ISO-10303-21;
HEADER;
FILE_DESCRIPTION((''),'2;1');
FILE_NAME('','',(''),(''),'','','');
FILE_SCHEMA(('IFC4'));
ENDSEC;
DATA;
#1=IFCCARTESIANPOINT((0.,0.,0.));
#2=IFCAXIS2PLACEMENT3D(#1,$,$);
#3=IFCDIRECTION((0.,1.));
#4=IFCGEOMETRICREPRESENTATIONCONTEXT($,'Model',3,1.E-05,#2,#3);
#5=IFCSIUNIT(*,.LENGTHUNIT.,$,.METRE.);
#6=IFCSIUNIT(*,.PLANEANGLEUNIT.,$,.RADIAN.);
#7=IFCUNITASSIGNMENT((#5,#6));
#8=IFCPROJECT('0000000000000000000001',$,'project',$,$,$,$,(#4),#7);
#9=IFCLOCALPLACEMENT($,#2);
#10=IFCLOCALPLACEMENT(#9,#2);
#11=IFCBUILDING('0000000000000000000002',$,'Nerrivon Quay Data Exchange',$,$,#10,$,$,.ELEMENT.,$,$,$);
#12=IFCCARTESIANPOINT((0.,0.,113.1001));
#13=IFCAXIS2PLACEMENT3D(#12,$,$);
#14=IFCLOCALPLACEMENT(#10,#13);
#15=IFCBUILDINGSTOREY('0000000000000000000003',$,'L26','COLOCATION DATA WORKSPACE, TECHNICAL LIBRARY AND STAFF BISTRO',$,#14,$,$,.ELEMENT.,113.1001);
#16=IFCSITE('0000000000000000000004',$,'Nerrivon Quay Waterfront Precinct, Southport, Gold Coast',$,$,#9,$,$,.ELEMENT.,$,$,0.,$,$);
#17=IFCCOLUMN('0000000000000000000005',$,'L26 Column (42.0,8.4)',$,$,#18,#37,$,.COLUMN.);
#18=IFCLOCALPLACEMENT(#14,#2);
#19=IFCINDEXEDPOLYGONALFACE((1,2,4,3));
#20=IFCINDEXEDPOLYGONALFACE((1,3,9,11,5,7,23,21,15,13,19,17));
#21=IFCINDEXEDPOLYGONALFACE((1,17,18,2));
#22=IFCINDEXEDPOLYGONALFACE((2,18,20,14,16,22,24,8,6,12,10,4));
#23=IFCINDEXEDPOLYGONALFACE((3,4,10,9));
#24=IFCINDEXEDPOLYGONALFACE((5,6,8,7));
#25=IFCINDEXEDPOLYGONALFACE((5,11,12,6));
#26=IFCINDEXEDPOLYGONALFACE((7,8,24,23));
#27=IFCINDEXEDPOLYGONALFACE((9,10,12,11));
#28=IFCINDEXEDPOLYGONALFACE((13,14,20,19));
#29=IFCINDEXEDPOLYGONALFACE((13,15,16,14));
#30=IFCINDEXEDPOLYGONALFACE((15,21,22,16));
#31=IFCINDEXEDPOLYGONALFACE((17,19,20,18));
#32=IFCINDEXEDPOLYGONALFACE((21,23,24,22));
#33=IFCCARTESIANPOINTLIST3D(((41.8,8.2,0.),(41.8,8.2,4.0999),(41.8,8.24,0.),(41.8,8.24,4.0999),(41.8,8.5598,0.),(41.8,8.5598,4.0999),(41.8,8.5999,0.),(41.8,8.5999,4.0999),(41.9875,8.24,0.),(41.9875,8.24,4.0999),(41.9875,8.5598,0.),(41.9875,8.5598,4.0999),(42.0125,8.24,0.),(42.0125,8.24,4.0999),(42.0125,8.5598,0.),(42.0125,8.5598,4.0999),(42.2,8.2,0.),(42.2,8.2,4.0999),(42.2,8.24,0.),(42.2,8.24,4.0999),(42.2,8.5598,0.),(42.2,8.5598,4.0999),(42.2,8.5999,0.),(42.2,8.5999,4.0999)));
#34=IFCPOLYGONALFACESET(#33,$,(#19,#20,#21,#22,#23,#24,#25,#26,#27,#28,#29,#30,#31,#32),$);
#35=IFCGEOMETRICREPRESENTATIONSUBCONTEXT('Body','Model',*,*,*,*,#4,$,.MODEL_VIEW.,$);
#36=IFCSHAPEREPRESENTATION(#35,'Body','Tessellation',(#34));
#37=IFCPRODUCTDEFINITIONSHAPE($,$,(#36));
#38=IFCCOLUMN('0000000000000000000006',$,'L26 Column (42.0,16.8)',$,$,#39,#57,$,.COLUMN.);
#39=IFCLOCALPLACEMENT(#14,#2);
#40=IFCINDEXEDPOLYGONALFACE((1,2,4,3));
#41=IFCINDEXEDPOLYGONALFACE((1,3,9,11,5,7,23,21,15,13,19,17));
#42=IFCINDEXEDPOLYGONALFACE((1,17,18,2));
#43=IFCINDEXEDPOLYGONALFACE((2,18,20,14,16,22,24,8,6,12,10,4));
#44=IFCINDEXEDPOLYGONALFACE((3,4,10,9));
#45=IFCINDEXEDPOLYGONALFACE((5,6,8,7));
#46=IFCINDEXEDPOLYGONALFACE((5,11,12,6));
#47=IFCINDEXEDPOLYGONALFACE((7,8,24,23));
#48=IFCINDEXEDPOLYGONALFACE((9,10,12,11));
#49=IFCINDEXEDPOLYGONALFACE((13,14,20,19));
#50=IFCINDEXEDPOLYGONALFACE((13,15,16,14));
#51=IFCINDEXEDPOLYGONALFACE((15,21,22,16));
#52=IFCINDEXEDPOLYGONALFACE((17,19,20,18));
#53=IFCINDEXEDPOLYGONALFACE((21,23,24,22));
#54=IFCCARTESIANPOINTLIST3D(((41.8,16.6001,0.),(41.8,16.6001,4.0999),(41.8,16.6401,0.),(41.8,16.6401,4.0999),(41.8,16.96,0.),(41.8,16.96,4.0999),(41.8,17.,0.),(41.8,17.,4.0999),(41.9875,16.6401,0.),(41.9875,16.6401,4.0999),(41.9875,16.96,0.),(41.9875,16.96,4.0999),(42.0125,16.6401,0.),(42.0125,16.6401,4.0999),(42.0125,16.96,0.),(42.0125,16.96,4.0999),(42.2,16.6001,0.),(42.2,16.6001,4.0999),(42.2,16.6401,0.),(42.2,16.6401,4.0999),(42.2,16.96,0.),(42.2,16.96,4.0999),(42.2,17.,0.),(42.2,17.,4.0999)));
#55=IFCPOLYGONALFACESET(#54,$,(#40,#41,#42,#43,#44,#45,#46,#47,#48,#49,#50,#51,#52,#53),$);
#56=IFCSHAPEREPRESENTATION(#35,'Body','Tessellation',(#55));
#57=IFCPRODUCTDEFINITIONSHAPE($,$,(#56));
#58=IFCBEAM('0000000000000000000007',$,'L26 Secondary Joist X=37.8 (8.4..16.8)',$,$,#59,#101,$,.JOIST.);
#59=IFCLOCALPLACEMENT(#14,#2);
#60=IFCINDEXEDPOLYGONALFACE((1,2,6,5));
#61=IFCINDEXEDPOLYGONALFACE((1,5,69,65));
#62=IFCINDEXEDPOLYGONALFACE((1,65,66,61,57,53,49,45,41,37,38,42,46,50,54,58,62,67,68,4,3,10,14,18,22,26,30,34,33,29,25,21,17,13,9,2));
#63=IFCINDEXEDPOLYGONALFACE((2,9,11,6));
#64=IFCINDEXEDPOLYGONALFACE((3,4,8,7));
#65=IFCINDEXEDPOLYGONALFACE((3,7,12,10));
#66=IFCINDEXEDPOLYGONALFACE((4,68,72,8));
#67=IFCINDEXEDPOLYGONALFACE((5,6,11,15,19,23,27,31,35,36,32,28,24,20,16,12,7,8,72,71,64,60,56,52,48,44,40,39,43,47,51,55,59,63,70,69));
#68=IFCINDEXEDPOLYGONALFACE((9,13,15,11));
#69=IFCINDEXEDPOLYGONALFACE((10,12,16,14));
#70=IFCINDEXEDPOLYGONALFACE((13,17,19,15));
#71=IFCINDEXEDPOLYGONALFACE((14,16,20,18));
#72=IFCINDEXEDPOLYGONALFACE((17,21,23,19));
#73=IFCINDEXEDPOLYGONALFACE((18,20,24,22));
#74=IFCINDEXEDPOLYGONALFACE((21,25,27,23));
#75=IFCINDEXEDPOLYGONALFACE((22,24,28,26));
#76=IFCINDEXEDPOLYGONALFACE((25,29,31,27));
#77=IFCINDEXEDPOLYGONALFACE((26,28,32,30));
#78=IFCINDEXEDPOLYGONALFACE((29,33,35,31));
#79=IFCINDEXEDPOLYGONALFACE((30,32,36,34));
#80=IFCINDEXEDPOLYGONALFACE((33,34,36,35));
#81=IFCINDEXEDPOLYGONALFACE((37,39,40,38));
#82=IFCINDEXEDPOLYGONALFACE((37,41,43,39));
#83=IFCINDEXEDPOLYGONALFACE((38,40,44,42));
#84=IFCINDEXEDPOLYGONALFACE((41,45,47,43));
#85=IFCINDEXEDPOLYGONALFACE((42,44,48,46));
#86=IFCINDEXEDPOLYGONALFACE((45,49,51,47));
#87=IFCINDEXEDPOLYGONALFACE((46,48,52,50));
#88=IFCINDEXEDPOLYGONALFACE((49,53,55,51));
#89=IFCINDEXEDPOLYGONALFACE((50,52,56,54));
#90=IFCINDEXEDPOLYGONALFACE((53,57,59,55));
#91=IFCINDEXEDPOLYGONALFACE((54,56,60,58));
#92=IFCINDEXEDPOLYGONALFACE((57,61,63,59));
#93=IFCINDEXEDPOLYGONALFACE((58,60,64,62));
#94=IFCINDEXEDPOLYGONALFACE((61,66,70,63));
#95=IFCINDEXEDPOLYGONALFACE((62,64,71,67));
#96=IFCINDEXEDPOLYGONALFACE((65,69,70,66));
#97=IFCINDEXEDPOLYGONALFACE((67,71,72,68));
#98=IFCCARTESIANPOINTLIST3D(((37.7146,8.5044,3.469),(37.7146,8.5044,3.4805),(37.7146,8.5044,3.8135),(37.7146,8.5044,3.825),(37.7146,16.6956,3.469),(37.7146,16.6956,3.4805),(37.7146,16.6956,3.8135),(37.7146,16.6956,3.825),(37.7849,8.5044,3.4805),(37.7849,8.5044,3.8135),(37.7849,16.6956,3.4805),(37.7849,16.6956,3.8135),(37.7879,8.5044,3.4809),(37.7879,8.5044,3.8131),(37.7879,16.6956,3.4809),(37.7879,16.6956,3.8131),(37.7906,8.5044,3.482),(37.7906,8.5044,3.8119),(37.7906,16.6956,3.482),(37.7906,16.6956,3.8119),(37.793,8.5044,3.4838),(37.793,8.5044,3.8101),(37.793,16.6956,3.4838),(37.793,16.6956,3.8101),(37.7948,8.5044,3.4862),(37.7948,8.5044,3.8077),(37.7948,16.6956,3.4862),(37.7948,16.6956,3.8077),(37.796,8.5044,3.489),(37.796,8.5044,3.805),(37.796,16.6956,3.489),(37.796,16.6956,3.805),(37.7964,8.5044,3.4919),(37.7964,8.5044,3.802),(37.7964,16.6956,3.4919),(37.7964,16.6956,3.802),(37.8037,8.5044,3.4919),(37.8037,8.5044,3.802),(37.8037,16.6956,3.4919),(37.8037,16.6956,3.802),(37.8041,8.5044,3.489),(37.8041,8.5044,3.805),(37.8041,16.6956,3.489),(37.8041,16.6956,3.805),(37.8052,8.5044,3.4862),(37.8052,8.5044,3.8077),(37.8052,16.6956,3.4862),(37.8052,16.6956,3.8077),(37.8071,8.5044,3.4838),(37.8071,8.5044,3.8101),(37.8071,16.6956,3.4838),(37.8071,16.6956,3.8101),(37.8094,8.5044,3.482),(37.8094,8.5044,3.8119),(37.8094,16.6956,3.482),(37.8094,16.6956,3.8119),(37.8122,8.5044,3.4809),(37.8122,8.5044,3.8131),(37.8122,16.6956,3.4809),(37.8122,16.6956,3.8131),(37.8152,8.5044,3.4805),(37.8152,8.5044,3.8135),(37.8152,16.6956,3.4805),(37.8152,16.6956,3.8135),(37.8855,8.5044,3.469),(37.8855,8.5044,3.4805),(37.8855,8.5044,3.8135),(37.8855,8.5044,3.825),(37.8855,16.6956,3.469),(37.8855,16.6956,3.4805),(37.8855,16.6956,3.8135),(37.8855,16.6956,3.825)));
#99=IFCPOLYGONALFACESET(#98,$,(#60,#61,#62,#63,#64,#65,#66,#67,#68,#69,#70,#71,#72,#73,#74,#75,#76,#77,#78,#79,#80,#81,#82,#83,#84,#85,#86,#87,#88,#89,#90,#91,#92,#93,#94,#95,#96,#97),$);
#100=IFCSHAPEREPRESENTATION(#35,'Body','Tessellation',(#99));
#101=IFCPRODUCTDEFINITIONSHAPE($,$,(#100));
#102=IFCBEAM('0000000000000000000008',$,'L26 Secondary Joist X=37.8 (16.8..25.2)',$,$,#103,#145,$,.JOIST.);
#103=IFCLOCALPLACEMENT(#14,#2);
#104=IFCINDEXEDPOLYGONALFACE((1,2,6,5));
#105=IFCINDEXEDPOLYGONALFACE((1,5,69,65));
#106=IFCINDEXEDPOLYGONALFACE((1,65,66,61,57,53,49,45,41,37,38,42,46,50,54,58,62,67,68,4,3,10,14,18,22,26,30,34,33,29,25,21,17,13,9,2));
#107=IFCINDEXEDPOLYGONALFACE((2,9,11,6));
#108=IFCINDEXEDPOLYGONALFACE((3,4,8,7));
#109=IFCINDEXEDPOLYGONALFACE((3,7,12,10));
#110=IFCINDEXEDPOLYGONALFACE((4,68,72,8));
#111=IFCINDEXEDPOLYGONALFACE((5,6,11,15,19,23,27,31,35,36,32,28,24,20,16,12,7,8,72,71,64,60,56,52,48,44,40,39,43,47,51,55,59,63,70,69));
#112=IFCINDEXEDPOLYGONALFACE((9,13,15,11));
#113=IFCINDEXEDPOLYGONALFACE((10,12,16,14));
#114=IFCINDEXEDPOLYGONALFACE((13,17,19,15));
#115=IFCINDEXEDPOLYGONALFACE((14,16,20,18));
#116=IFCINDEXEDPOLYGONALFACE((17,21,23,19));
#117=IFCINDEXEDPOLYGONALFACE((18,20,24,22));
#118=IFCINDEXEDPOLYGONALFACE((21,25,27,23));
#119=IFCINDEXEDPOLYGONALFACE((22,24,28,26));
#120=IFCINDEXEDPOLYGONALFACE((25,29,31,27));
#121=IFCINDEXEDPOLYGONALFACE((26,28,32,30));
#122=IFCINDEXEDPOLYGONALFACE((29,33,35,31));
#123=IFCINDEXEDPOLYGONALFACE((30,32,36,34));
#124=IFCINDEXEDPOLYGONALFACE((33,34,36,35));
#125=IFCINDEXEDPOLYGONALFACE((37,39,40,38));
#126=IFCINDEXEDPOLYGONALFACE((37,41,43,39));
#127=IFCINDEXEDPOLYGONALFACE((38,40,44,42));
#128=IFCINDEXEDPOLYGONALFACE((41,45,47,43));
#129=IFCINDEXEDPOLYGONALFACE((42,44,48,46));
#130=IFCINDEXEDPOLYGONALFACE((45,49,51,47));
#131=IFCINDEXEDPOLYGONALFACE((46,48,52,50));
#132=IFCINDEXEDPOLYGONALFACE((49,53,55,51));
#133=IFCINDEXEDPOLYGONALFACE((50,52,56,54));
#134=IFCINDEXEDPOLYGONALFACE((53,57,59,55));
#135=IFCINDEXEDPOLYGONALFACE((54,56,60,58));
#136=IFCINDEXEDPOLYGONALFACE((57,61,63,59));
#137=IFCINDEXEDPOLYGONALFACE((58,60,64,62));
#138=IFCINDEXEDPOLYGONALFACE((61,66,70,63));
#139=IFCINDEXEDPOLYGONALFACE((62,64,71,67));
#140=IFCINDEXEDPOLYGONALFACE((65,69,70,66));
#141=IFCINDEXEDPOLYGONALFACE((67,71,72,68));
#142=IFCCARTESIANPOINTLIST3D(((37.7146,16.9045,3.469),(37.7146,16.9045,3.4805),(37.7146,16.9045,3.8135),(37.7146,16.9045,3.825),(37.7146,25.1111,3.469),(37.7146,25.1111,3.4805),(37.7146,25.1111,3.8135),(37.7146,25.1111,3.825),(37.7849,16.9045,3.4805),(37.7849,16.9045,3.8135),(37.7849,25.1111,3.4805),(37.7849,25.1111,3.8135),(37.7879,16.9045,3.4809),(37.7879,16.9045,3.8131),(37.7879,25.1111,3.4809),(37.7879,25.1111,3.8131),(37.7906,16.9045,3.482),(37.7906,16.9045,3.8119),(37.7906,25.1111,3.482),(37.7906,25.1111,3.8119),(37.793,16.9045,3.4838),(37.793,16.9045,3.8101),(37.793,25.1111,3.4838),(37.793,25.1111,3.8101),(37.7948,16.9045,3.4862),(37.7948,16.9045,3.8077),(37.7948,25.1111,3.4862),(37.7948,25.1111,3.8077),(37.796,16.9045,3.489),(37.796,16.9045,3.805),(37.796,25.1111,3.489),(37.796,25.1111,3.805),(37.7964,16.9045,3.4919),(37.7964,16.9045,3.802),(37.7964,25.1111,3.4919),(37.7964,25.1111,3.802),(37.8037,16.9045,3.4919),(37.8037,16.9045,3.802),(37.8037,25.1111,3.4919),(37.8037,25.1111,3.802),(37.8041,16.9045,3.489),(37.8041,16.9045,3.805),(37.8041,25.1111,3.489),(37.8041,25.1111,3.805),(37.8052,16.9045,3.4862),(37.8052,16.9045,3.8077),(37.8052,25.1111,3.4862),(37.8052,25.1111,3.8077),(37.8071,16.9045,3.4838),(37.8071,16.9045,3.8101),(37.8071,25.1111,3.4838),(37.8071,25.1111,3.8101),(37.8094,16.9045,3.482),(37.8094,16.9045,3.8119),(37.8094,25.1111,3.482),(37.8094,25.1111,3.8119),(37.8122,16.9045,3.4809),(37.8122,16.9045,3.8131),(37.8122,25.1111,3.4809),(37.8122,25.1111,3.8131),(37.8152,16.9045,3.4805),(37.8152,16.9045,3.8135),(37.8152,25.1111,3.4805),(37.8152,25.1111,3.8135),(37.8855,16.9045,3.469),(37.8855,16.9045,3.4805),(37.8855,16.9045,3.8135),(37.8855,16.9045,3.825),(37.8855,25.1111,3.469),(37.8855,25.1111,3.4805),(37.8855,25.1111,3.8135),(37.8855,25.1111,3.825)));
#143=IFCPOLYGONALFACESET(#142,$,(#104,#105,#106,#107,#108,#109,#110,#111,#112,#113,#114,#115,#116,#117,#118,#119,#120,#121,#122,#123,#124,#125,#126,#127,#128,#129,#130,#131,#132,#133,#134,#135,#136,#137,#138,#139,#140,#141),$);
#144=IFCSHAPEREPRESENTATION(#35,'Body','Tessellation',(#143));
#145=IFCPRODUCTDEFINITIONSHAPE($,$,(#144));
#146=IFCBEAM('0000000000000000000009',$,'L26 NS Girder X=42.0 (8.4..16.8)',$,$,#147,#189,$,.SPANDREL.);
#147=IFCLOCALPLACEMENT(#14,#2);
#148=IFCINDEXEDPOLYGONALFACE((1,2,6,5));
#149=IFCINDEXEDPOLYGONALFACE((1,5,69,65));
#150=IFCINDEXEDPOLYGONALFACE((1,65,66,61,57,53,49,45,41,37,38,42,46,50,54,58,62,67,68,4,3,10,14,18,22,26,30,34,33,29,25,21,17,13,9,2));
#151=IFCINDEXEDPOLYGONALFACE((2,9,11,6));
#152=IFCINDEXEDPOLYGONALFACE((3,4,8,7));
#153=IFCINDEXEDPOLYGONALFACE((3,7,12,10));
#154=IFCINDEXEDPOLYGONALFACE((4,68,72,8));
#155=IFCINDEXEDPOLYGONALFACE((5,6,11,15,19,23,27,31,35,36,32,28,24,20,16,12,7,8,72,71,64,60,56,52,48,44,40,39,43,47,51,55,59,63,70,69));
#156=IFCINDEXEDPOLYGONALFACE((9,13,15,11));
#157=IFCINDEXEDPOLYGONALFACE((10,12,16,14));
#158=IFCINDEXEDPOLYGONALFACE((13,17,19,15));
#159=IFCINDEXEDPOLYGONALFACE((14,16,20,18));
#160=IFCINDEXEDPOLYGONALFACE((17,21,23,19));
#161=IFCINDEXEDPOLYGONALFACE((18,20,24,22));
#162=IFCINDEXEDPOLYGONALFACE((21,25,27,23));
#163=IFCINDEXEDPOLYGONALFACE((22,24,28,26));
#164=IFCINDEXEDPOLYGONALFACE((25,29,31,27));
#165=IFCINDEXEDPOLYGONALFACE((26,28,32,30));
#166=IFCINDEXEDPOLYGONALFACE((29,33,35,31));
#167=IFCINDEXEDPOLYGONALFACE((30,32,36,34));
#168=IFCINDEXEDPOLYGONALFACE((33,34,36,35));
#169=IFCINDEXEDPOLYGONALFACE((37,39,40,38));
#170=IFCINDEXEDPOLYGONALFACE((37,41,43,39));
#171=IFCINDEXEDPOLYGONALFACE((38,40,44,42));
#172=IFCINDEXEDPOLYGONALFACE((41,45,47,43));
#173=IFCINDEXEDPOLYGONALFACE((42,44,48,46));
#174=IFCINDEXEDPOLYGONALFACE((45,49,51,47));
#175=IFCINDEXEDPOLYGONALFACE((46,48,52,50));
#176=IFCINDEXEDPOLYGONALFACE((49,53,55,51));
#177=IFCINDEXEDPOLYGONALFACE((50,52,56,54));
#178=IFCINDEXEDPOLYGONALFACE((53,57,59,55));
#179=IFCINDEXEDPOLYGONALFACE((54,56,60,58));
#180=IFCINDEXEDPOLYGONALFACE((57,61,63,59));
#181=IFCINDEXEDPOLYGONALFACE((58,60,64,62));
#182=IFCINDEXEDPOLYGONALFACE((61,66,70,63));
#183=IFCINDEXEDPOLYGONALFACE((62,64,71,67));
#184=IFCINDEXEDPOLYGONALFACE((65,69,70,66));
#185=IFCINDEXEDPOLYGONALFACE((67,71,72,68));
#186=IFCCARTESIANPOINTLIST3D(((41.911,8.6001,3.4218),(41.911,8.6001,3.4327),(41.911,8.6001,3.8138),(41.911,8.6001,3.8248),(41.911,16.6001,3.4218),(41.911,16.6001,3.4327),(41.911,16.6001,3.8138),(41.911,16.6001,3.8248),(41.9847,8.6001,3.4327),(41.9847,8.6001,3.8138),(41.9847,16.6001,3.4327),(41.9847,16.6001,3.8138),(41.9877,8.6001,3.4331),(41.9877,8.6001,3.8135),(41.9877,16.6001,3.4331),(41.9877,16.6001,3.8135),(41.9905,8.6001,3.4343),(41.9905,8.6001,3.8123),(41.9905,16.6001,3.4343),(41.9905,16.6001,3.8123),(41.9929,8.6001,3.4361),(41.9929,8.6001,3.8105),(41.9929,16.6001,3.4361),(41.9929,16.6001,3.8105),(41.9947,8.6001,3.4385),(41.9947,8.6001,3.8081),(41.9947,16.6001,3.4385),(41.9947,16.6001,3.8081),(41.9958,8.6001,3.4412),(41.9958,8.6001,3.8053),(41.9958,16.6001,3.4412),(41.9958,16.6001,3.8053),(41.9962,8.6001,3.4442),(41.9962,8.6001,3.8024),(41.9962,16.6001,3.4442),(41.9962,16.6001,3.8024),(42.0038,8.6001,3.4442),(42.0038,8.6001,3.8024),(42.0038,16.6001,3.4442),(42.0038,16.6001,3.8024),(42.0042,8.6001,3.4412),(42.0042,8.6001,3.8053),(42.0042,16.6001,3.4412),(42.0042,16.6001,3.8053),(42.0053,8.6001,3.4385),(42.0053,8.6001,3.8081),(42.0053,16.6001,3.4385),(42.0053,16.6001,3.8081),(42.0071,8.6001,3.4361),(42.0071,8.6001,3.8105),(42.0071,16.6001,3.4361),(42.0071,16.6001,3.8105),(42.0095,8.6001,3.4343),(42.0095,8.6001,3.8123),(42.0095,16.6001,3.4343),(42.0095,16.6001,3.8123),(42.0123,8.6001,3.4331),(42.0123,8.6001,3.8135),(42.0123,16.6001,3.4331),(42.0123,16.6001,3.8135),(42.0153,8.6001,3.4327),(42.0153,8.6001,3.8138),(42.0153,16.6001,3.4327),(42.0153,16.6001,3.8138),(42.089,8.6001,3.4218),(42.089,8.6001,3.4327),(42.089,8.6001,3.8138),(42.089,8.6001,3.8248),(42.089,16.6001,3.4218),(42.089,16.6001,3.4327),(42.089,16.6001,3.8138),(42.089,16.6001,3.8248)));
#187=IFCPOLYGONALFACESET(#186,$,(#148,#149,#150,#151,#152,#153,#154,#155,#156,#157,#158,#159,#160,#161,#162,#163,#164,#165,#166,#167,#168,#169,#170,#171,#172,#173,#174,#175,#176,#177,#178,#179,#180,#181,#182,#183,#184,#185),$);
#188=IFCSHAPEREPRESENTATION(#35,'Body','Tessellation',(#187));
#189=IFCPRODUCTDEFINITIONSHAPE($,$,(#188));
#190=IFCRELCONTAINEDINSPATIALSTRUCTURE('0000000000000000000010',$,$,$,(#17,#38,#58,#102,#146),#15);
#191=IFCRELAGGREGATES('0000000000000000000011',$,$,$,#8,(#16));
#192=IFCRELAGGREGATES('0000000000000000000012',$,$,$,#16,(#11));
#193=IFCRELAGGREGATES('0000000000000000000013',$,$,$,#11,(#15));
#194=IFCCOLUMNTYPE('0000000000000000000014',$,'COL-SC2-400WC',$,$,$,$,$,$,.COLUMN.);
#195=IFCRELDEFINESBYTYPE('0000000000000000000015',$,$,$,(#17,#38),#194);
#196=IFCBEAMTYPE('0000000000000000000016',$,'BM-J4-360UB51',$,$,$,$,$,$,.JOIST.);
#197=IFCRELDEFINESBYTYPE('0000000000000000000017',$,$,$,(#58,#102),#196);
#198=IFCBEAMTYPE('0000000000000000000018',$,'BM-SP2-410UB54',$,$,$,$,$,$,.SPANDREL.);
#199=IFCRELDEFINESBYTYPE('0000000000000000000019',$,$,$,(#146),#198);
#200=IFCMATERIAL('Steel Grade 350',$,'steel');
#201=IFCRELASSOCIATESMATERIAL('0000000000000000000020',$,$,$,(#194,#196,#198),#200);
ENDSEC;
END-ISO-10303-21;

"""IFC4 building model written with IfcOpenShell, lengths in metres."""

from ifc_helpers import new_model, si_unit, direction, frame, origin, origin_2d, place, context, subcontext, project, spatial, i_section, extrude, material, material_profile, profile_set, type_object, element, save


model = new_model("IFC4")

# Units and contexts
model_context = context("Model", 3, precision=1e-05, world=origin(), true_north=direction((0.0, 1.0)))
body_context = subcontext(model_context, "Body", "Model", "MODEL_VIEW")
ifc_project = project(units=[si_unit("LENGTHUNIT", "METRE"), si_unit("PLANEANGLEUNIT", "RADIAN")], contexts=[model_context])

# Site, building, storey
site_placement = place(None, origin())
site = spatial("IfcSite", under=ifc_project, at=site_placement, Name="Nerrivon Quay Waterfront Precinct, Southport, Gold Coast", CompositionType="ELEMENT", RefElevation=0.0)
building_placement = place(site_placement, origin())
building = spatial("IfcBuilding", under=site, at=building_placement, Name="Nerrivon Quay Data Exchange", CompositionType="ELEMENT")
storey_placement = place(building_placement, frame((0.0, 0.0, 113.1001)))
storey = spatial("IfcBuildingStorey", under=building, at=storey_placement, Name="L26", Description="COLOCATION DATA WORKSPACE, TECHNICAL LIBRARY AND STAFF BISTRO", CompositionType="ELEMENT", Elevation=113.1001)

# Columns
ifc_material_1 = material(Name="Steel Grade 350", Category="steel")
ifc_material_profile_1 = material_profile(ifc_material_1, i_section(OverallWidth=0.3999, OverallDepth=0.3999, WebThickness=0.0249, FlangeThickness=0.04, at=origin_2d()), Name="400WC328")
ifc_profile_set_1 = profile_set([ifc_material_profile_1], Name="Steel Grade 350")
column_type = type_object("IfcColumnType", Name="COL-SC2-400WC", PredefinedType="COLUMN", material=ifc_profile_set_1)
for number, where, z_axis, x_axis, name in (
    (1, (42.0, 8.3999, 0.0), (0.0, 0.0, 1.0), (1.0, 0.0, 0.0), "L26 Column (42.0,8.4)"),
    (2, (42.0, 16.8, 0.0), (0.0, 0.0, 1.0), (1.0, 0.0, 0.0), "L26 Column (42.0,16.8)"),
):
    element("IfcColumn", number, at=place(storey_placement, frame(where, z_axis=z_axis, x_axis=x_axis)), inside=storey, type_object=column_type, Name=name, PredefinedType="COLUMN", context=body_context, shape_type="SweptSolid", body=[
        extrude(i_section(OverallWidth=0.3999, OverallDepth=0.3999, WebThickness=0.0249, FlangeThickness=0.04, at=origin_2d()), origin(), (0.0, 0.0, 1.0), 4.0999),
    ])

# Beams
ifc_material_profile_2 = material_profile(ifc_material_1, i_section(OverallWidth=0.1709, OverallDepth=0.356, WebThickness=0.0073, FlangeThickness=0.0115, FilletRadius=0.0115, at=origin_2d()), Name="360UB50.7")
ifc_profile_set_2 = profile_set([ifc_material_profile_2], Name="Steel Grade 350")
beam_type_1 = type_object("IfcBeamType", Name="BM-J4-360UB51", PredefinedType="JOIST", material=ifc_profile_set_2)
beam_1_placement = place(storey_placement, frame((37.8, 8.5044, 3.647), z_axis=(0.0, 1.0, 0.0), x_axis=(-1.0, 0.0, 0.0)))
element("IfcBeam", 3, at=beam_1_placement, inside=storey, type_object=beam_type_1, Name="L26 Secondary Joist X=37.8 (8.4..16.8)", PredefinedType="JOIST", context=body_context, shape_type="SweptSolid", body=[
    extrude(i_section(OverallWidth=0.1709, OverallDepth=0.356, WebThickness=0.0073, FlangeThickness=0.0115, FilletRadius=0.0115, at=origin_2d()), origin(), (0.0, 0.0, 1.0), 8.1912),
])
beam_2_placement = place(storey_placement, frame((37.8, 16.9045, 3.647), z_axis=(0.0, 1.0, 0.0), x_axis=(-1.0, 0.0, 0.0)))
element("IfcBeam", 4, at=beam_2_placement, inside=storey, type_object=beam_type_1, Name="L26 Secondary Joist X=37.8 (16.8..25.2)", PredefinedType="JOIST", context=body_context, shape_type="SweptSolid", body=[
    extrude(i_section(OverallWidth=0.1709, OverallDepth=0.356, WebThickness=0.0073, FlangeThickness=0.0115, FilletRadius=0.0115, at=origin_2d()), origin(), (0.0, 0.0, 1.0), 8.2065),
])
ifc_material_profile_3 = material_profile(ifc_material_1, i_section(OverallWidth=0.178, OverallDepth=0.4031, WebThickness=0.0076, FlangeThickness=0.011, FilletRadius=0.0115, at=origin_2d()), Name="410UB53.7")
ifc_profile_set_3 = profile_set([ifc_material_profile_3], Name="Steel Grade 350")
beam_type_2 = type_object("IfcBeamType", Name="BM-SP2-410UB54", PredefinedType="SPANDREL", material=ifc_profile_set_3)
for number, where, z_axis, x_axis, name in (
    (5, (42.0, 8.6001, 3.6233), (0.0, 1.0, 0.0), (-1.0, 0.0, 0.0), "L26 NS Girder X=42.0 (8.4..16.8)"),
):
    element("IfcBeam", number, at=place(storey_placement, frame(where, z_axis=z_axis, x_axis=x_axis)), inside=storey, type_object=beam_type_2, Name=name, PredefinedType="SPANDREL", context=body_context, shape_type="SweptSolid", body=[
        extrude(i_section(OverallWidth=0.178, OverallDepth=0.4031, WebThickness=0.0076, FlangeThickness=0.011, FilletRadius=0.0115, at=origin_2d()), origin(), (0.0, 0.0, 1.0), 8.0),
    ])

save(model, "model.ifc")
